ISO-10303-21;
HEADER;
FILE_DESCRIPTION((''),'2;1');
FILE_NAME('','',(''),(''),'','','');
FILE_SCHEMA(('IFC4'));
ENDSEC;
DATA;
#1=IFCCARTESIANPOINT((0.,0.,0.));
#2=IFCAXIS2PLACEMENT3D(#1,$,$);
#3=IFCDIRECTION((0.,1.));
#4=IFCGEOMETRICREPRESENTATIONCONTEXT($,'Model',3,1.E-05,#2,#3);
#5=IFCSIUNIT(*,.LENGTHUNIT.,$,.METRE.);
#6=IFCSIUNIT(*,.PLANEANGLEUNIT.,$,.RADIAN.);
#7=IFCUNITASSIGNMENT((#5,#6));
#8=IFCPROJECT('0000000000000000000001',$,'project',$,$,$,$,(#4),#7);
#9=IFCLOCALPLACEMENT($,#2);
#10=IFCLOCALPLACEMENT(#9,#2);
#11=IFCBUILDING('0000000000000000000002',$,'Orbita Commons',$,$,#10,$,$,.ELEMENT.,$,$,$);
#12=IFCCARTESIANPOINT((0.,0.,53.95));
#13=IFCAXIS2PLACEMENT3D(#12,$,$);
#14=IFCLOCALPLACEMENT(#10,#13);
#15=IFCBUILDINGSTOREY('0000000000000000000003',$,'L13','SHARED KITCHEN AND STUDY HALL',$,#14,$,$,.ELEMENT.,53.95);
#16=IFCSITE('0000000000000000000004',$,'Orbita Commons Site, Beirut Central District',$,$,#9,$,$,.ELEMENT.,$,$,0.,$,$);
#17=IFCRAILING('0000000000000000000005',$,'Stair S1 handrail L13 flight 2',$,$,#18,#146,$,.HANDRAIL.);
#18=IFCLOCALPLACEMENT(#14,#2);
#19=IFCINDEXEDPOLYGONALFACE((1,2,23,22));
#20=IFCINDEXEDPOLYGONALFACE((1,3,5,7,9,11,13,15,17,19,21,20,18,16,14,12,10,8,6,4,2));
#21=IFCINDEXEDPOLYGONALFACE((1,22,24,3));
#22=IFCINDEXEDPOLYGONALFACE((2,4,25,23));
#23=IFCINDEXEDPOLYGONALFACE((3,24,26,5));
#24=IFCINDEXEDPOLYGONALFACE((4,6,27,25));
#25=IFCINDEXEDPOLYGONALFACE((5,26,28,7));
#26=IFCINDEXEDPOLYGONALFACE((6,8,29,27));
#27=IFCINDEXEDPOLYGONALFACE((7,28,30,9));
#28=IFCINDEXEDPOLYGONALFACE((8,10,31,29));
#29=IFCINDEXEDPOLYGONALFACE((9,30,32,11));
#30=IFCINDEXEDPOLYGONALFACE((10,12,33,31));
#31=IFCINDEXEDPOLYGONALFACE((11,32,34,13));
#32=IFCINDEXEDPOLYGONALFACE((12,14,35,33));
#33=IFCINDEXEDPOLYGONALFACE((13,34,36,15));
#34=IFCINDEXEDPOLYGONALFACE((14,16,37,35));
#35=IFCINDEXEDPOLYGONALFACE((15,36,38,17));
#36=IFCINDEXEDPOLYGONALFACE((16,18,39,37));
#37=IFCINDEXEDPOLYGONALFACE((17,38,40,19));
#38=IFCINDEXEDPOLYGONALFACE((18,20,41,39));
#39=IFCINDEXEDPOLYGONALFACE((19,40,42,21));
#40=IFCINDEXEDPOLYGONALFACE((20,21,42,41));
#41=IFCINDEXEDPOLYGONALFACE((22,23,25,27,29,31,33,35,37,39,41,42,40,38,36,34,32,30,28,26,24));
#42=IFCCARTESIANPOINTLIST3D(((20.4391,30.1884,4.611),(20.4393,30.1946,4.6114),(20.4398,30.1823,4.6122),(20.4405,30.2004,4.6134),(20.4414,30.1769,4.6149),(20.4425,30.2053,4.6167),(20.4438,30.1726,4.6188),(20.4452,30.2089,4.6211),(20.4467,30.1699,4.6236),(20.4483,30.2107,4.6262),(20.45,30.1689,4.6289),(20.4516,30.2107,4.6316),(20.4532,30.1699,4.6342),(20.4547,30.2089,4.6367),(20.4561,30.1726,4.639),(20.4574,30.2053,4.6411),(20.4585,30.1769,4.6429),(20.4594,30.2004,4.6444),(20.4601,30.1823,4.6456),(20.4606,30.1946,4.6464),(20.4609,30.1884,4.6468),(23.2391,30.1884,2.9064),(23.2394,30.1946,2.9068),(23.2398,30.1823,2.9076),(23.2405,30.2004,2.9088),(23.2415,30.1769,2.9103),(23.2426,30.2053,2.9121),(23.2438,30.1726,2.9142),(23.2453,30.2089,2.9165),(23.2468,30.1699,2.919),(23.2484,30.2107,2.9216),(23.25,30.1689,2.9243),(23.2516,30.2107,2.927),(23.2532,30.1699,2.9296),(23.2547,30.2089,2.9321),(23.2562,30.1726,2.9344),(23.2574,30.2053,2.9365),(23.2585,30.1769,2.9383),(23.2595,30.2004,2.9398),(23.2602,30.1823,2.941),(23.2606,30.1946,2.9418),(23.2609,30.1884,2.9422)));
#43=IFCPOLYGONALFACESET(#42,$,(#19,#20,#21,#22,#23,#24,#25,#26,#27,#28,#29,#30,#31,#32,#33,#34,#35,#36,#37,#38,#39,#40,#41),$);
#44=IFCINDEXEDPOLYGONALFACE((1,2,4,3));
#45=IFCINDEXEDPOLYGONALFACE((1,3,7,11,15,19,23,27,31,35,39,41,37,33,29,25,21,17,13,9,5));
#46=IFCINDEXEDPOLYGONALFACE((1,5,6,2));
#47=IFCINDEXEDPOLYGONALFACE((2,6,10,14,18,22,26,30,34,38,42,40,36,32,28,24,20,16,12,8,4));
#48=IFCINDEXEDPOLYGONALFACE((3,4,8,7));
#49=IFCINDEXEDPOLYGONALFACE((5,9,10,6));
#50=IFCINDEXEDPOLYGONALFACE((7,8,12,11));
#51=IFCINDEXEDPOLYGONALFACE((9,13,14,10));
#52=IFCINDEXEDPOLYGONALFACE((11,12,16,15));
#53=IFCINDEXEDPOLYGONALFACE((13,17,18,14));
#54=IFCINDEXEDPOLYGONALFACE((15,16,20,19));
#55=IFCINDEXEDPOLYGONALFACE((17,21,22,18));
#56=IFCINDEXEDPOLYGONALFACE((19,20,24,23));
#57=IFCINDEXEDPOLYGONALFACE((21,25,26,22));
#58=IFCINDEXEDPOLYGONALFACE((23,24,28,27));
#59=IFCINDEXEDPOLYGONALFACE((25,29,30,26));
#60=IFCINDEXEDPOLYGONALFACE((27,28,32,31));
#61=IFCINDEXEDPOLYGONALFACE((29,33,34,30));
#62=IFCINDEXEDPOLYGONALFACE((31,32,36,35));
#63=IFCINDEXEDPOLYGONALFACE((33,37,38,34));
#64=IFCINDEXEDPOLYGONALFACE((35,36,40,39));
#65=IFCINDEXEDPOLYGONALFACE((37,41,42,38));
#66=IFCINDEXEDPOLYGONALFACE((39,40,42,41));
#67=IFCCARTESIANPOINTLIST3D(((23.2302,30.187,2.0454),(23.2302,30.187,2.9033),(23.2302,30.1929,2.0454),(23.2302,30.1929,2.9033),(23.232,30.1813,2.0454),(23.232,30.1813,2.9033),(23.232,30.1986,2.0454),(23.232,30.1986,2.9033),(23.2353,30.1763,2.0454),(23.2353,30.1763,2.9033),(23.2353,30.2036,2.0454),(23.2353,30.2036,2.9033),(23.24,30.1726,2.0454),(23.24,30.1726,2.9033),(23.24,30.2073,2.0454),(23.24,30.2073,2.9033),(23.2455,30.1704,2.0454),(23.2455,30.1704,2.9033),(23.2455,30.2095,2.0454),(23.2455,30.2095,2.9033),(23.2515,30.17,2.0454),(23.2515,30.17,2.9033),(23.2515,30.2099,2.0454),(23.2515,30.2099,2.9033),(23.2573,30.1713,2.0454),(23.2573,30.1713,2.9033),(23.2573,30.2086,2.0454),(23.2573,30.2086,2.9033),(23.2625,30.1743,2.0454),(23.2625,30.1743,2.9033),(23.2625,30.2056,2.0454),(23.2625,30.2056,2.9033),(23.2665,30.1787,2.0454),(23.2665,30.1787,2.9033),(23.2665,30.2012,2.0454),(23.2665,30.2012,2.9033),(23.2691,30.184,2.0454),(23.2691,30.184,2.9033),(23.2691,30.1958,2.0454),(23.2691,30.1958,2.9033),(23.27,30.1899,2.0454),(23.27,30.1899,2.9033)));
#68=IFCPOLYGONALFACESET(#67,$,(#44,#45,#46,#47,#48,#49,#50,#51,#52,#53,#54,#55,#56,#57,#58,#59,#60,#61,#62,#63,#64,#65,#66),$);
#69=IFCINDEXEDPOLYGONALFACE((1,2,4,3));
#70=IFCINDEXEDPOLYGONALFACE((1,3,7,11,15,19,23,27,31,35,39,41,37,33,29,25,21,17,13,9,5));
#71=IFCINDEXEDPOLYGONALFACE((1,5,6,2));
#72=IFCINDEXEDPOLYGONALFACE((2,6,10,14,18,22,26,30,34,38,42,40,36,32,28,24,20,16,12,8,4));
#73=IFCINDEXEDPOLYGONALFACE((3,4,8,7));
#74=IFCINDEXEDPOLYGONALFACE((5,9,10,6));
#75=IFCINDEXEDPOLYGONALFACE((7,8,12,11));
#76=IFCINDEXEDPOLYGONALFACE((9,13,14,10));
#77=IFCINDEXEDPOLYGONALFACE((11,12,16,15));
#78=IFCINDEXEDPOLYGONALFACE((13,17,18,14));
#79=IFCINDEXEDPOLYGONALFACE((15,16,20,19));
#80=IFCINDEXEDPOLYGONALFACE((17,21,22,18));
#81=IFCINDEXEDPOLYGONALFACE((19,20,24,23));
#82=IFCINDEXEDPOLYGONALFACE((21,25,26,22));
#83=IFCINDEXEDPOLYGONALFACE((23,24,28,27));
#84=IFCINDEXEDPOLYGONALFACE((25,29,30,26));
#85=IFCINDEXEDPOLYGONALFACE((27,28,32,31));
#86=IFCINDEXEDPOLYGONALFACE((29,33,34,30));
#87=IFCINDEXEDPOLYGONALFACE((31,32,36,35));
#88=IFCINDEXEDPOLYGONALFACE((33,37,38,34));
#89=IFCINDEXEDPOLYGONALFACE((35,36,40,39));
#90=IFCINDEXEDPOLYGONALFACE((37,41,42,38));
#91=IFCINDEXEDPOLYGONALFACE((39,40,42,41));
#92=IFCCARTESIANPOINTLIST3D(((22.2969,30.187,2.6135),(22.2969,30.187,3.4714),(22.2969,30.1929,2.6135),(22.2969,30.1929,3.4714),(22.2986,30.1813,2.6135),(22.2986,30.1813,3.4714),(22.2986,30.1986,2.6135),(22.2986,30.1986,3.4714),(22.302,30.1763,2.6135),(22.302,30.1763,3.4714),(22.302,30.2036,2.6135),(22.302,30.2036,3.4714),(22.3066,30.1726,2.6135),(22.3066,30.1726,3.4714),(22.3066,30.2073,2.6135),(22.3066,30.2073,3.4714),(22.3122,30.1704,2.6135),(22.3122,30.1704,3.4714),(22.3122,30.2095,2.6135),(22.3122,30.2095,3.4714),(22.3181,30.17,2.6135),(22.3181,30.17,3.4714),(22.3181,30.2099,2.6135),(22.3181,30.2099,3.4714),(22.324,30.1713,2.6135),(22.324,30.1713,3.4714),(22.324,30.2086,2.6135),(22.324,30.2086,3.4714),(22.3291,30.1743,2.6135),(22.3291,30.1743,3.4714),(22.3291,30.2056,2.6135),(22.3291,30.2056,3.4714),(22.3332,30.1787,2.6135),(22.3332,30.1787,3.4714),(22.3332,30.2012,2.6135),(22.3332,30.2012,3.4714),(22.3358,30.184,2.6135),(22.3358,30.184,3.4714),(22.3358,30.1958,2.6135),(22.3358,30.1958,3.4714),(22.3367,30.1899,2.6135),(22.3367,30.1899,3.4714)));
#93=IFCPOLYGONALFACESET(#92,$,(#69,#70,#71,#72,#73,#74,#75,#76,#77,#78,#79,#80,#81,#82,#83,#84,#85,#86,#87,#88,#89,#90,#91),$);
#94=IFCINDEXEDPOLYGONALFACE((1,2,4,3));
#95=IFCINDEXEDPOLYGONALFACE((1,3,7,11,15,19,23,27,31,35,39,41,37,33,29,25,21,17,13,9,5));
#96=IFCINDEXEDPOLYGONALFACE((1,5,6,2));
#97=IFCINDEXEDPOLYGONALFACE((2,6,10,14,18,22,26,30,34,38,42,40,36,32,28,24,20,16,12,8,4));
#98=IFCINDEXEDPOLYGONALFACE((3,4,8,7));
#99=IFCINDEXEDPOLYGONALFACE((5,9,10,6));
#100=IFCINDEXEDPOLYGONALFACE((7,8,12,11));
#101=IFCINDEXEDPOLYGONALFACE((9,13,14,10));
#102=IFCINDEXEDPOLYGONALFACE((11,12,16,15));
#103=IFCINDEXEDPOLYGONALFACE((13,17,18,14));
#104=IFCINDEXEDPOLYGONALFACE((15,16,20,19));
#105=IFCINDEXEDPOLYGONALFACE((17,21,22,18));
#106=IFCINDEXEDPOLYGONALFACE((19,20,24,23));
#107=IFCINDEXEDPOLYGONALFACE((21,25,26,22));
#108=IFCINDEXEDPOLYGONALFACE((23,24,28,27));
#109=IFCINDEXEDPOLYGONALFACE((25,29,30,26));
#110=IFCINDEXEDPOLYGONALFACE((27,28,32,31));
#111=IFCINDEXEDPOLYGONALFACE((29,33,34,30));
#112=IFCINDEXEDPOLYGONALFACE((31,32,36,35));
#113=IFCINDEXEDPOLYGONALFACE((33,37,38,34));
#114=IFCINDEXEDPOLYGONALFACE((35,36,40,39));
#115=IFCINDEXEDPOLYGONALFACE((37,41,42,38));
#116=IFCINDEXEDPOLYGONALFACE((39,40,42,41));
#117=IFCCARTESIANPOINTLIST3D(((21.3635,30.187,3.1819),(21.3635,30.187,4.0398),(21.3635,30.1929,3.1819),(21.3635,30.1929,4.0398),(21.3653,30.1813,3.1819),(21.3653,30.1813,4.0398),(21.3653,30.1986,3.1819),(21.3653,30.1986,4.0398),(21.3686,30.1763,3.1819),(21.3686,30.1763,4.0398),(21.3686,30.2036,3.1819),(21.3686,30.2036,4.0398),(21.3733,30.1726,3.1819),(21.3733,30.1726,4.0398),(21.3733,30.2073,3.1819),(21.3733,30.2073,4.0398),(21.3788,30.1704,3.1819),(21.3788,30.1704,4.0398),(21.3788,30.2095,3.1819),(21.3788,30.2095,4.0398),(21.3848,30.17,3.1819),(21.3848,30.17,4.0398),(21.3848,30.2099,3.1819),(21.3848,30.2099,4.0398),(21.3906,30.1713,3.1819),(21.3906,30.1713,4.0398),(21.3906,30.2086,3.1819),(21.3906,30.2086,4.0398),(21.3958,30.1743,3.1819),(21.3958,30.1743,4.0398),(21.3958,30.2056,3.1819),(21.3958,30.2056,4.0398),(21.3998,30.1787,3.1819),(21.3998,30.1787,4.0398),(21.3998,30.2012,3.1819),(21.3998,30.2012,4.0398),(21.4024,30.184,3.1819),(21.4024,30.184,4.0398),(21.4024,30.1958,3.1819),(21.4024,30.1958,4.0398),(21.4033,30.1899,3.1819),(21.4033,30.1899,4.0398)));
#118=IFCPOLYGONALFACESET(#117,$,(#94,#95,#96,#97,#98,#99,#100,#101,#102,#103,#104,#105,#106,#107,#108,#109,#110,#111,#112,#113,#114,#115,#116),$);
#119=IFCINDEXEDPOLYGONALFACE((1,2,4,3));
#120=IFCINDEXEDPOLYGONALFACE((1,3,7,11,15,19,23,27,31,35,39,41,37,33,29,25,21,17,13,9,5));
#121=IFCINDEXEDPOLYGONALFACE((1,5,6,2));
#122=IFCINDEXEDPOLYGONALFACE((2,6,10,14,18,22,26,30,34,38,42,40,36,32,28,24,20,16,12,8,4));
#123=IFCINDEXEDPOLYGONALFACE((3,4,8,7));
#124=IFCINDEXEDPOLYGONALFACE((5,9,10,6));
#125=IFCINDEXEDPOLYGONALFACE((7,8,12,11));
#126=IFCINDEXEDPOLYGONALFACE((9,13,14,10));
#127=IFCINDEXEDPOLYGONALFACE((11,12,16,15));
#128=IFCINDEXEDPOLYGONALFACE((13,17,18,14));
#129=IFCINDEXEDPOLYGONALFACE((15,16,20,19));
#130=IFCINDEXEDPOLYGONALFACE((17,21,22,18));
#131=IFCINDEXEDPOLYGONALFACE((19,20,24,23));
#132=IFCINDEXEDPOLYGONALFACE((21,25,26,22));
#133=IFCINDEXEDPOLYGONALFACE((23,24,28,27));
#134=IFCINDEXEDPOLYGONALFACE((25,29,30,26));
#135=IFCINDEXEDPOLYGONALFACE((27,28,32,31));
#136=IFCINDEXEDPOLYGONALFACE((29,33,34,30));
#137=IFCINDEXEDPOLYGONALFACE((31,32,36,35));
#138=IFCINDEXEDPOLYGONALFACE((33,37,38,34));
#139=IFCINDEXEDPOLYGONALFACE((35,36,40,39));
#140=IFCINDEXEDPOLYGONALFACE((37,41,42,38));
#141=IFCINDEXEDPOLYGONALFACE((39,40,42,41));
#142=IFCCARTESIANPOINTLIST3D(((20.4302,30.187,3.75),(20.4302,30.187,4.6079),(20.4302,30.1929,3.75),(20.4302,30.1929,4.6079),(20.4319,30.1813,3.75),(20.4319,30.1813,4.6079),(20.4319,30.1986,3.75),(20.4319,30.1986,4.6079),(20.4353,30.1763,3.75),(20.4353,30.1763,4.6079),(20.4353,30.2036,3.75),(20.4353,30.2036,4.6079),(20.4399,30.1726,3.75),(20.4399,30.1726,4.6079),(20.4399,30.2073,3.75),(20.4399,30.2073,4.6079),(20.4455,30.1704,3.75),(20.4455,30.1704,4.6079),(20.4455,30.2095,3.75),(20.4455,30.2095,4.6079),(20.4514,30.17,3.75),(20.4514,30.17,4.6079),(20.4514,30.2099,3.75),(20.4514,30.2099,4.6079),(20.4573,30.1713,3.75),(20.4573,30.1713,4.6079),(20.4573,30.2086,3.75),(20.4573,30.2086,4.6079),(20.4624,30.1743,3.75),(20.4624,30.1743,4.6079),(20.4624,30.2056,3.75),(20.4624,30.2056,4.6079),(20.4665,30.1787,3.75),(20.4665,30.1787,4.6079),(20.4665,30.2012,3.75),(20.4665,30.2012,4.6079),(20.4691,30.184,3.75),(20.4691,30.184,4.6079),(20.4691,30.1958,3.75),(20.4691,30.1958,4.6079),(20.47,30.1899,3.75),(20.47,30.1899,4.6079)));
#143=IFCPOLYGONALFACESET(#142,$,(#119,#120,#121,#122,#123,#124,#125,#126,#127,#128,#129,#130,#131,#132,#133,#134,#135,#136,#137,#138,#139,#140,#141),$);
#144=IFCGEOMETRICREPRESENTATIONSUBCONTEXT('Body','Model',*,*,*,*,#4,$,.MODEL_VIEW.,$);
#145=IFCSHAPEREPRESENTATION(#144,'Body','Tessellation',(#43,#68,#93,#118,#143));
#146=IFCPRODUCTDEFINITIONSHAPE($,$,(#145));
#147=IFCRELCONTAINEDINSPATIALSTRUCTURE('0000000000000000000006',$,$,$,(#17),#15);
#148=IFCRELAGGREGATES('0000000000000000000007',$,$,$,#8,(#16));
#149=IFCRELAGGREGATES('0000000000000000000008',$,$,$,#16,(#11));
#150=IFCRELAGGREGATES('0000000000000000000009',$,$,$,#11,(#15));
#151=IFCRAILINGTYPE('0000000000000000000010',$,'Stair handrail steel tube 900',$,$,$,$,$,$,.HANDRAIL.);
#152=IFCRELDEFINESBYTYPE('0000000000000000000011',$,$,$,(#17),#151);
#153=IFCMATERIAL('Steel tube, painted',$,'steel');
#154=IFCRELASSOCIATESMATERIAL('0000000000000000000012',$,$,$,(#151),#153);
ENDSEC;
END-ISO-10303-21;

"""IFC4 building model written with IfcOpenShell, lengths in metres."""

from ifc_helpers import new_model, si_unit, direction, frame, origin, origin_2d, place, context, subcontext, project, spatial, circle, extrude, material, type_object, element, save


model = new_model("IFC4")

# Units and contexts
model_context = context("Model", 3, precision=1e-05, world=origin(), true_north=direction((0.0, 1.0)))
body_context = subcontext(model_context, "Body", "Model", "MODEL_VIEW")
ifc_project = project(units=[si_unit("LENGTHUNIT", "METRE"), si_unit("PLANEANGLEUNIT", "RADIAN")], contexts=[model_context])

# Site, building, storey
site_placement = place(None, origin())
site = spatial("IfcSite", under=ifc_project, at=site_placement, Name="Orbita Commons Site, Beirut Central District", CompositionType="ELEMENT", RefElevation=0.0)
building_placement = place(site_placement, origin())
building = spatial("IfcBuilding", under=site, at=building_placement, Name="Orbita Commons", CompositionType="ELEMENT")
storey_placement = place(building_placement, frame((0.0, 0.0, 53.95)))
storey = spatial("IfcBuildingStorey", under=building, at=storey_placement, Name="L13", Description="SHARED KITCHEN AND STUDY HALL", CompositionType="ELEMENT", Elevation=53.95)

# Railing
ifc_material_1 = material(Name="Steel tube, painted", Category="steel")
railing_type = type_object("IfcRailingType", Name="Stair handrail steel tube 900", PredefinedType="HANDRAIL", material=ifc_material_1)
for number, where, name in (
    (1, (23.25, 30.1899, 2.0454), "Stair S1 handrail L13 flight 2"),
):
    element("IfcRailing", number, at=place(storey_placement, frame(where)), inside=storey, type_object=railing_type, Name=name, PredefinedType="HANDRAIL", context=body_context, shape_type="SweptSolid", body=[
        extrude(circle(Radius=0.021, at=origin_2d()), frame((0.0, 0.0, 0.8789), z_axis=(-0.85417, 0.0, 0.519994), x_axis=(0.0, -1.0, 0.0)), (0.0, 0.0, 1.0), 3.2781),
        extrude(circle(Radius=0.02, at=origin_2d()), origin(), (0.0, 0.0, 1.0), 0.8579),
        extrude(circle(Radius=0.02, at=origin_2d()), frame((-0.9333, 0.0, 0.5681)), (0.0, 0.0, 1.0), 0.8579),
        extrude(circle(Radius=0.02, at=origin_2d()), frame((-1.8667, 0.0, 1.1365)), (0.0, 0.0, 1.0), 0.8579),
        extrude(circle(Radius=0.02, at=origin_2d()), frame((-2.8, 0.0, 1.7046)), (0.0, 0.0, 1.0), 0.8579),
    ])

save(model, "model.ifc")
